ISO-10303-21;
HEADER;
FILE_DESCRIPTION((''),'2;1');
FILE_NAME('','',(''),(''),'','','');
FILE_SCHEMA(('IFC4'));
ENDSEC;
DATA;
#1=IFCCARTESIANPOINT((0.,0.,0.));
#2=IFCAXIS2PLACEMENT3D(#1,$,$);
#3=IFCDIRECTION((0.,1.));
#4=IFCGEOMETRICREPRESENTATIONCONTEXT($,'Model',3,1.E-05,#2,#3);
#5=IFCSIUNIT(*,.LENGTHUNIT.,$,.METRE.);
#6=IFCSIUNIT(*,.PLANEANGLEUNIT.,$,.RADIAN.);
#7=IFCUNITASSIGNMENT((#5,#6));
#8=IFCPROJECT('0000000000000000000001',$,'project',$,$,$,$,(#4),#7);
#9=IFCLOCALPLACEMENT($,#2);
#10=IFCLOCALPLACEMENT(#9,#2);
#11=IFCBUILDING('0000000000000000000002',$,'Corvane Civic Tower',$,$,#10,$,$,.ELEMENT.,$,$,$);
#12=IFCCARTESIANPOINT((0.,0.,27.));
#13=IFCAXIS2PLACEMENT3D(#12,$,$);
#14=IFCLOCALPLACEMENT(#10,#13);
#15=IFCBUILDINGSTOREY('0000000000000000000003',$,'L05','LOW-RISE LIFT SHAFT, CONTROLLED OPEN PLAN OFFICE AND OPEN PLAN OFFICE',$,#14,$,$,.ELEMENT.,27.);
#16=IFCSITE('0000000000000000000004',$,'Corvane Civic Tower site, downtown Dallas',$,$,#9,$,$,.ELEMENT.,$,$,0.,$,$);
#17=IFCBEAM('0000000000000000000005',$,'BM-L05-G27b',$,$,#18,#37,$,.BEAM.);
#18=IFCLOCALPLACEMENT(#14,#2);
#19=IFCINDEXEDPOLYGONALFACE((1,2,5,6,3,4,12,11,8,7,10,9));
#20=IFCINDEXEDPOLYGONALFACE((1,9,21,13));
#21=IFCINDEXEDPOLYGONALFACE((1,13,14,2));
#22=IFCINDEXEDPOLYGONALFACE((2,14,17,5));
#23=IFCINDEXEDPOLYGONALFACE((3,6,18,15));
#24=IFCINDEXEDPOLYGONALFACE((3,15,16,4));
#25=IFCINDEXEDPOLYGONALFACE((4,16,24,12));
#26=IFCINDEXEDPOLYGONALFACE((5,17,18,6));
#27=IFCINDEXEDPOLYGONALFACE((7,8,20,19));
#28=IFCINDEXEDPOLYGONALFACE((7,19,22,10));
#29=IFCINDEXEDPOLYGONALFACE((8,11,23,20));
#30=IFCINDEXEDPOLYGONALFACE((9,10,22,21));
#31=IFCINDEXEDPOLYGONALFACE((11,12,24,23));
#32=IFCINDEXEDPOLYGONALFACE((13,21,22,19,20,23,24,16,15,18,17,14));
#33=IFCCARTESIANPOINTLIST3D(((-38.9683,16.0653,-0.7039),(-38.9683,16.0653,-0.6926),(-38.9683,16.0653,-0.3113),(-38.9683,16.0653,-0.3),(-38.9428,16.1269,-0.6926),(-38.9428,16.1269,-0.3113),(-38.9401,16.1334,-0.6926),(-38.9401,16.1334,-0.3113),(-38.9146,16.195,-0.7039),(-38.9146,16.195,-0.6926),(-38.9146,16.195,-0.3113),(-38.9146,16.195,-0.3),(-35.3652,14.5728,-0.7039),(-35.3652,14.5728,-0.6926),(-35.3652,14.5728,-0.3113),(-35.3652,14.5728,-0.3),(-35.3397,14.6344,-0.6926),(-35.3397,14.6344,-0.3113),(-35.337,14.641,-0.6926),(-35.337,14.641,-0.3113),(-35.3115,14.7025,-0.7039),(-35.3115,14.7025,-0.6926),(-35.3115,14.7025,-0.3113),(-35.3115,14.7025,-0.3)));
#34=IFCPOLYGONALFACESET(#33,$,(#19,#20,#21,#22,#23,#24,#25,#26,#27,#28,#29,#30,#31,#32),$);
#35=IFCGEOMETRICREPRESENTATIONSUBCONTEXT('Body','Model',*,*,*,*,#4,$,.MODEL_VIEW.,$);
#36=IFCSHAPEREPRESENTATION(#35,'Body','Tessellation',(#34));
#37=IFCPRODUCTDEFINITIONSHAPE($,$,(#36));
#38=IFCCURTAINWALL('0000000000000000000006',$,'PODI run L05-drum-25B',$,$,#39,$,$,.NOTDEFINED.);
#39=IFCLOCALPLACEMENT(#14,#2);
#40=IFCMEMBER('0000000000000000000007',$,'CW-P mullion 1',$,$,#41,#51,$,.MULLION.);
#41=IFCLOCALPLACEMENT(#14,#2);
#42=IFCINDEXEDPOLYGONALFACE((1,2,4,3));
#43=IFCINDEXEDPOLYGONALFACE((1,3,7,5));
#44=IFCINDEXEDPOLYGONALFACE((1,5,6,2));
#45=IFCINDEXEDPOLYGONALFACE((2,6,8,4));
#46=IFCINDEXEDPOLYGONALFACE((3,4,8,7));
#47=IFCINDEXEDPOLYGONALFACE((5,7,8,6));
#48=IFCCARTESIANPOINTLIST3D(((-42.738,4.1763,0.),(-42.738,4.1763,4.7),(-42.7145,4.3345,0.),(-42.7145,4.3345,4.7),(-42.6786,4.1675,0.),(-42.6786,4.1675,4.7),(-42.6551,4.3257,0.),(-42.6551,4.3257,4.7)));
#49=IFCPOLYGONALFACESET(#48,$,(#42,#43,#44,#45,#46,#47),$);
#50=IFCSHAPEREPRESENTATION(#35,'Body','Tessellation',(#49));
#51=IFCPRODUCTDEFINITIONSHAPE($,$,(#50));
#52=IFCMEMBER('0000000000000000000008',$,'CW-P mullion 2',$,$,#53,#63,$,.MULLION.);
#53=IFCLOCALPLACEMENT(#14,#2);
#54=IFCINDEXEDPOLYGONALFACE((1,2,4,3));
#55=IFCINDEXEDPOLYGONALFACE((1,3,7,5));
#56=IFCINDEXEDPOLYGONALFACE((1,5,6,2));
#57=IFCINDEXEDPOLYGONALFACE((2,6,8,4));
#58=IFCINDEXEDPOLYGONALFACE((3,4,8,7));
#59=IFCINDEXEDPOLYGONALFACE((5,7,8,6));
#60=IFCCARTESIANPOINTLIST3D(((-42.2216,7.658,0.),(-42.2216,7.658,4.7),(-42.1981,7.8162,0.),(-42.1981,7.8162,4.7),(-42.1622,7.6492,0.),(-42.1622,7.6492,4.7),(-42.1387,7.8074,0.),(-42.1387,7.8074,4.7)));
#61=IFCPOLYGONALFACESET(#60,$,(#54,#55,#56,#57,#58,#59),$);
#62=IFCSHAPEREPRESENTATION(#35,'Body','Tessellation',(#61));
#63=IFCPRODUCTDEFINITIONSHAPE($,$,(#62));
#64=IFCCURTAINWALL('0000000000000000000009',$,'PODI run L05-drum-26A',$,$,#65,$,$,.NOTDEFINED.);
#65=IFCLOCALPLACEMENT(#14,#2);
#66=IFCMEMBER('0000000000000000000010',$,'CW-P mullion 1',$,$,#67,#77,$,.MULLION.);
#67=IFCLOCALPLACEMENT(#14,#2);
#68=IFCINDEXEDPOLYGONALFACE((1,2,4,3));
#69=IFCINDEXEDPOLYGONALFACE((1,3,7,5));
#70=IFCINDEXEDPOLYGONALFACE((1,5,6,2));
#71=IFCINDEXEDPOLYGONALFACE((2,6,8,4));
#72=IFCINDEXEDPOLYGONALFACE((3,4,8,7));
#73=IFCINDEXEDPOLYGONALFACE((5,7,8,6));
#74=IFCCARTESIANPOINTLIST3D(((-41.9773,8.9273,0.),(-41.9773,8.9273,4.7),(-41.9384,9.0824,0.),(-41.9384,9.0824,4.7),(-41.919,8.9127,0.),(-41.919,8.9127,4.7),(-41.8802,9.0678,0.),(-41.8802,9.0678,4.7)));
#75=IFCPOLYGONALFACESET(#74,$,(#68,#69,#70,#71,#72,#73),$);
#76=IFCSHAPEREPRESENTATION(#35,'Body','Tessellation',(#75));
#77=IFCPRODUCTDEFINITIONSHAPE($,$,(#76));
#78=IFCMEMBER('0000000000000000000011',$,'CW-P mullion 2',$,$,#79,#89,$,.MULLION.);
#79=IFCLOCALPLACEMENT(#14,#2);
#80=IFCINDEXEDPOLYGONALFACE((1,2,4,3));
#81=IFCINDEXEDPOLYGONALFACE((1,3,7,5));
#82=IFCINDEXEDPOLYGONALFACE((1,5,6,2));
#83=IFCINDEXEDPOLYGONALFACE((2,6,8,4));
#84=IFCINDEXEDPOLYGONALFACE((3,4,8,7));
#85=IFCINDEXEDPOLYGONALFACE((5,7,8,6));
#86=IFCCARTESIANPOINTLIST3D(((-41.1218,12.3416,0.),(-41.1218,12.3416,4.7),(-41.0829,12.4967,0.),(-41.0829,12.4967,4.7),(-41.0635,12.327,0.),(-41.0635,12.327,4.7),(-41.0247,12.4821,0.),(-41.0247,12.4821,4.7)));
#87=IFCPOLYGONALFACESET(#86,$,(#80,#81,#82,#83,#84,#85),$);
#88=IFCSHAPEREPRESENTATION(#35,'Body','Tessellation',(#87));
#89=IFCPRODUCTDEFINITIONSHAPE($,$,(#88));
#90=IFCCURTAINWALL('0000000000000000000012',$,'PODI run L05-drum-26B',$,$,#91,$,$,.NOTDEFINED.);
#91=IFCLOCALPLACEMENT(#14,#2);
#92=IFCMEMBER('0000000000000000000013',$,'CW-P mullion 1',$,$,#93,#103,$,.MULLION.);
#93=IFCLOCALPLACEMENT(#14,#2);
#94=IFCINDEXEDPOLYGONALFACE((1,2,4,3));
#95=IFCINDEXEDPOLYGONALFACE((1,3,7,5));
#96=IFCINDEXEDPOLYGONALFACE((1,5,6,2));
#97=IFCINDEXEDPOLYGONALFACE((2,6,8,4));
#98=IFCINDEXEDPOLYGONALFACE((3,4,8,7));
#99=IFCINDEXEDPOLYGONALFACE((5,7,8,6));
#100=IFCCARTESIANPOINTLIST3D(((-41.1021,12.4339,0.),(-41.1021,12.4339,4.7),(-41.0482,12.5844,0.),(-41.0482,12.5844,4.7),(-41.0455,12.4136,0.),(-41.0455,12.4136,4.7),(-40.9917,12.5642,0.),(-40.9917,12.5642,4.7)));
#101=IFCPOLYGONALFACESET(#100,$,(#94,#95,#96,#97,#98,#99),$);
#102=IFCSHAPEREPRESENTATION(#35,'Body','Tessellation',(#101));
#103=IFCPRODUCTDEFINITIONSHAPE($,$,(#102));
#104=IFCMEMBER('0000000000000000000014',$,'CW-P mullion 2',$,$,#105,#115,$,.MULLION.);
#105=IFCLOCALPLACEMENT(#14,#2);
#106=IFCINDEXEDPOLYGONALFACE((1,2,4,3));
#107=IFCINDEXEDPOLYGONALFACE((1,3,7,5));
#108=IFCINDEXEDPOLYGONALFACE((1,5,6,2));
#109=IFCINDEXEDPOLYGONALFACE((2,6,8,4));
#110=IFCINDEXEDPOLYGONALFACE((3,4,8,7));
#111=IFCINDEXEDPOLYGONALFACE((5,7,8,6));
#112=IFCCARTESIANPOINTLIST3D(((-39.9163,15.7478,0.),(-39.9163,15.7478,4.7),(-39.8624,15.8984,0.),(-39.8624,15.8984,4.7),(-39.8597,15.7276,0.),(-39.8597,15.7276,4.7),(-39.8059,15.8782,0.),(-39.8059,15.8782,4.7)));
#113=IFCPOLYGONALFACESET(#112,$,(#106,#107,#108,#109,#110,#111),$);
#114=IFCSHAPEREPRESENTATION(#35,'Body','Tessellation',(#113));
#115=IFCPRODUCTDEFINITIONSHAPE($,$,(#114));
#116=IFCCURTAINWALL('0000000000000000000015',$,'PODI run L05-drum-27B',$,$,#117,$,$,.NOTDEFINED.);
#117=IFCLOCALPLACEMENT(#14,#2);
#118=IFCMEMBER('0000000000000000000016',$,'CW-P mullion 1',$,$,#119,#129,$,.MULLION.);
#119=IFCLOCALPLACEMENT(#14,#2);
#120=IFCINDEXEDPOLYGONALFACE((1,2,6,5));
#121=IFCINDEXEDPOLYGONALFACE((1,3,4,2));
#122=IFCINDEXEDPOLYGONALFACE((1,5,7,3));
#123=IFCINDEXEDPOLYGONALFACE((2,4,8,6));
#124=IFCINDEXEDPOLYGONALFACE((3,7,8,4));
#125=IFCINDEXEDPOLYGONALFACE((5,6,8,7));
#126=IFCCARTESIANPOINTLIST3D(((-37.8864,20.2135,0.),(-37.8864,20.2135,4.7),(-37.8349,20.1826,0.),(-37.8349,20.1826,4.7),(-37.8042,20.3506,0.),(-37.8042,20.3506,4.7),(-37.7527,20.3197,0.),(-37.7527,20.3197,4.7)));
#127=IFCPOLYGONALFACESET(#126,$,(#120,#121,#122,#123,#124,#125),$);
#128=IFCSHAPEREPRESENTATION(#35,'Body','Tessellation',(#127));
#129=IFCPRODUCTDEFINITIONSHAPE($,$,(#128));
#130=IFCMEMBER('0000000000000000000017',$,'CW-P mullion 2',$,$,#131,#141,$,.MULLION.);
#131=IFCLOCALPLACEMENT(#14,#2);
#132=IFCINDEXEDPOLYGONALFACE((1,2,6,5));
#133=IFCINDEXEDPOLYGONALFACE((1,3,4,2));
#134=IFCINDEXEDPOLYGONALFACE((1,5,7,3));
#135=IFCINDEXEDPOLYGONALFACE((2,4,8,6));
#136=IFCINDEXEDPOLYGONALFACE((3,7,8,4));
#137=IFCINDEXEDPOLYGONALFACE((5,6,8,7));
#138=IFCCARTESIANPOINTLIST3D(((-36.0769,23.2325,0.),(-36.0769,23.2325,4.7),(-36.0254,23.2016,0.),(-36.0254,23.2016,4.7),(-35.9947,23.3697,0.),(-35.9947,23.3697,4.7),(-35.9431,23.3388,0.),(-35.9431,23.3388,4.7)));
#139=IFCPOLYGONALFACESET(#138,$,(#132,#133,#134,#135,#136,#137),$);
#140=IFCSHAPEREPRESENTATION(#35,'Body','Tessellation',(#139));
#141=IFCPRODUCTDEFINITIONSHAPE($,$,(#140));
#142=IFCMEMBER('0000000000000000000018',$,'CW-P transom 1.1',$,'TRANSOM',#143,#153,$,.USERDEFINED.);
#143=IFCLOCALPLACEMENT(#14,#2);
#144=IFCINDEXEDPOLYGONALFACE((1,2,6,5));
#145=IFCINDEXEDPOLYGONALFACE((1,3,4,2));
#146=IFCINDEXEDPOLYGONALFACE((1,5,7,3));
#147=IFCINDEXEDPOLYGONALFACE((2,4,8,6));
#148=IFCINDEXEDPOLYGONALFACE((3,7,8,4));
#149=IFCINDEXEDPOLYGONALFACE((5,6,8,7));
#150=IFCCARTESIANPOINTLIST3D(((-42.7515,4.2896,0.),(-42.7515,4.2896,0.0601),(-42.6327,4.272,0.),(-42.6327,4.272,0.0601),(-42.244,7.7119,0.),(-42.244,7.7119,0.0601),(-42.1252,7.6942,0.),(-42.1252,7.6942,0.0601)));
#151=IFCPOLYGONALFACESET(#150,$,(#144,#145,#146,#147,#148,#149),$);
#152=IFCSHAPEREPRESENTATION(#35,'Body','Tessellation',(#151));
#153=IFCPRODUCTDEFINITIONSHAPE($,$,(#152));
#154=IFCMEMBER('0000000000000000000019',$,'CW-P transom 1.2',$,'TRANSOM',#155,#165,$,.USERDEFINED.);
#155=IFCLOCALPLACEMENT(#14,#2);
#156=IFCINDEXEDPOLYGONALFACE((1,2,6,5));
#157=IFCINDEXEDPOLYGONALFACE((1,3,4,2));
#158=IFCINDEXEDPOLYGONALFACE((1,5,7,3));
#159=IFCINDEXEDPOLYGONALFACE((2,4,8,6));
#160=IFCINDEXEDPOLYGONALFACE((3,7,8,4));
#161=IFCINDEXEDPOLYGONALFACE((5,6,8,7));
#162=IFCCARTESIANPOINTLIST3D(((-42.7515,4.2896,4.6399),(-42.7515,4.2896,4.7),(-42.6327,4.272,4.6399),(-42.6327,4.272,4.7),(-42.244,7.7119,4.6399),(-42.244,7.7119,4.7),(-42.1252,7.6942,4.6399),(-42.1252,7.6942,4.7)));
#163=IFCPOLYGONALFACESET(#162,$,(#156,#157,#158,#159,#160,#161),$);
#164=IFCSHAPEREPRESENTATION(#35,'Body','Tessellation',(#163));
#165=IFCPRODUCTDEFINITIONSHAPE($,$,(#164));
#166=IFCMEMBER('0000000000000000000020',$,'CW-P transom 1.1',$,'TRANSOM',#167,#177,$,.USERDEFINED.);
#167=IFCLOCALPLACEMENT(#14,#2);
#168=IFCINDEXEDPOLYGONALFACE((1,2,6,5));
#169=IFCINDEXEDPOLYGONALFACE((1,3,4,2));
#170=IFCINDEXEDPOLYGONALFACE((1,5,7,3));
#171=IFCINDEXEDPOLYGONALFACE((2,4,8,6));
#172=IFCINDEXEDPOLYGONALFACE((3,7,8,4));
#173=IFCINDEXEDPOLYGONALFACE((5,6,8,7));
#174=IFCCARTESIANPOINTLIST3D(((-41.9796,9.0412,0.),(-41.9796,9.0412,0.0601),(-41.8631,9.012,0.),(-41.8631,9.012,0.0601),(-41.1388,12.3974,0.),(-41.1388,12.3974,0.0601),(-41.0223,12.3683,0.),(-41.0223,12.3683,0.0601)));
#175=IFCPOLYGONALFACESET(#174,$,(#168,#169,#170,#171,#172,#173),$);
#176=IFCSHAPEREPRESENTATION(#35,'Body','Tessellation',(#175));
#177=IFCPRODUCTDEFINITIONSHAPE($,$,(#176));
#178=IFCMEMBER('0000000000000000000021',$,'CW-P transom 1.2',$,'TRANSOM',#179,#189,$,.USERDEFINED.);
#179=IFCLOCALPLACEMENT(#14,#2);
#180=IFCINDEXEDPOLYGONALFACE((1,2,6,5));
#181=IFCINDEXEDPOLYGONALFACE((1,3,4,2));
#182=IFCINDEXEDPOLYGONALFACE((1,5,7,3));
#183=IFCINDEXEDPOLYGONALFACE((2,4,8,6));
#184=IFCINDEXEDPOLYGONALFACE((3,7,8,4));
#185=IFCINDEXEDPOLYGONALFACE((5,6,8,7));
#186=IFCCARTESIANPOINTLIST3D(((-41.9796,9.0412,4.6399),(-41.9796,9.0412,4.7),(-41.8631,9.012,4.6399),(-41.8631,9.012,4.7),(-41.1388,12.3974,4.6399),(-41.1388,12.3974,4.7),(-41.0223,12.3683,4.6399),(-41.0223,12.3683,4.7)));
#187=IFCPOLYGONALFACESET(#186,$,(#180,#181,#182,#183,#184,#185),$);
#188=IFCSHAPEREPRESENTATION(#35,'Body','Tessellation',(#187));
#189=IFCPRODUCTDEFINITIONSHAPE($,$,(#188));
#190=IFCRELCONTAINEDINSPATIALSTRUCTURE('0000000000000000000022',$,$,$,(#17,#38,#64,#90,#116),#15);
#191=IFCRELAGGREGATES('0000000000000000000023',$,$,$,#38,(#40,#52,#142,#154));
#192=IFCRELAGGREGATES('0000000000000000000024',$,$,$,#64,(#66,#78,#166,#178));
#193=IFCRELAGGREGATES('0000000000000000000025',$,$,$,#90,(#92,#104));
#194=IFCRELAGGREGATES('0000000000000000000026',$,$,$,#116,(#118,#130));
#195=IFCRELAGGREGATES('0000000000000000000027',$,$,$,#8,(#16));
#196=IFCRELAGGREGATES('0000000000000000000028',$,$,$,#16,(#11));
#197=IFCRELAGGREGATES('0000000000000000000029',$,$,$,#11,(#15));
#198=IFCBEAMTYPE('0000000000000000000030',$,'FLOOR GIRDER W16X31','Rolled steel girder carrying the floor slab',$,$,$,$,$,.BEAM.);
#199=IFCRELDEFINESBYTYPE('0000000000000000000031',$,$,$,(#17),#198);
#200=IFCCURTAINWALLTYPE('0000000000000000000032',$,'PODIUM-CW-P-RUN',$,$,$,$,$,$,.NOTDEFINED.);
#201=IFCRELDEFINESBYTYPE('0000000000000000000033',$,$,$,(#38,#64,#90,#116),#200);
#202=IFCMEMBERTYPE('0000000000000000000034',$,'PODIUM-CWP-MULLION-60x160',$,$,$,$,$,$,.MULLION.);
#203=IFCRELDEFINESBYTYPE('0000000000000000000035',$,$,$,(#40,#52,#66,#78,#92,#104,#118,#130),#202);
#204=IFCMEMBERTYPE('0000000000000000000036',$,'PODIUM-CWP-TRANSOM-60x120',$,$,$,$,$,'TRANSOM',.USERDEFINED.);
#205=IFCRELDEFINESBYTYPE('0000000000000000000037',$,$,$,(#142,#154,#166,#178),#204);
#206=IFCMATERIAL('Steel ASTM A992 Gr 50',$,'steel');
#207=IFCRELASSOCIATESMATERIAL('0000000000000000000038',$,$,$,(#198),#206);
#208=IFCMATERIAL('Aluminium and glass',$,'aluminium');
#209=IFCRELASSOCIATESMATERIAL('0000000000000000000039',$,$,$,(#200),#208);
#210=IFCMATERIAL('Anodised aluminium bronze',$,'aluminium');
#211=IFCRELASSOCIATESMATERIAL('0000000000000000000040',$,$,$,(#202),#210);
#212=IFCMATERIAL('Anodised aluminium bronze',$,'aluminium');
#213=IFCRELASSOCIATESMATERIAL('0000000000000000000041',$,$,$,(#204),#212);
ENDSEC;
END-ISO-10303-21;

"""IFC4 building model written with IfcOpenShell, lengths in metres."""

from ifc_helpers import new_model, si_unit, direction, frame, origin, origin_2d, place, context, subcontext, project, spatial, rectangle, i_section, extrude, material, material_profile, profile_set, type_object, element, aggregate, save


model = new_model("IFC4")

# Units and contexts
model_context = context("Model", 3, precision=1e-05, world=origin(), true_north=direction((0.0, 1.0)))
body_context = subcontext(model_context, "Body", "Model", "MODEL_VIEW")
ifc_project = project(units=[si_unit("LENGTHUNIT", "METRE"), si_unit("PLANEANGLEUNIT", "RADIAN")], contexts=[model_context])

# Site, building, storey
site_placement = place(None, origin())
site = spatial("IfcSite", under=ifc_project, at=site_placement, Name="Corvane Civic Tower site, downtown Dallas", CompositionType="ELEMENT", RefElevation=0.0)
building_placement = place(site_placement, origin())
building = spatial("IfcBuilding", under=site, at=building_placement, Name="Corvane Civic Tower", CompositionType="ELEMENT")
storey_placement = place(building_placement, frame((0.0, 0.0, 27.0)))
storey = spatial("IfcBuildingStorey", under=building, at=storey_placement, Name="L05", Description="LOW-RISE LIFT SHAFT, CONTROLLED OPEN PLAN OFFICE AND OPEN PLAN OFFICE", CompositionType="ELEMENT", Elevation=27.0)

# Beam
ifc_material_1 = material(Name="Steel ASTM A992 Gr 50", Category="steel")
ifc_material_profile_1 = material_profile(ifc_material_1, i_section(OverallWidth=0.1404, OverallDepth=0.4038, WebThickness=0.0071, FlangeThickness=0.0112, at=origin_2d()), Name="W16X31")
ifc_profile_set_1 = profile_set([ifc_material_profile_1], Name="Steel ASTM A992 Gr 50")
beam_type_1 = type_object("IfcBeamType", Name="FLOOR GIRDER W16X31", Description="Rolled steel girder carrying the floor slab", PredefinedType="BEAM", material=ifc_profile_set_1)
for number, where, z_axis, x_axis, name in (
    (1, (-35.3384, 14.6377, -0.502), (-0.923879, 0.382685, 0.0), (-0.382685, -0.923879, 0.0), "BM-L05-G27b"),
):
    element("IfcBeam", number, at=place(storey_placement, frame(where, z_axis=z_axis, x_axis=x_axis)), inside=storey, type_object=beam_type_1, Name=name, PredefinedType="BEAM", context=body_context, shape_type="SweptSolid", body=[
        extrude(i_section(OverallWidth=0.1404, OverallDepth=0.4038, WebThickness=0.0071, FlangeThickness=0.0112, at=origin_2d()), origin(), (0.0, 0.0, 1.0), 3.8999),
    ])

# Curtain walls, members
ifc_material_2 = material(Name="Aluminium and glass", Category="aluminium")
curtain_wall_type = type_object("IfcCurtainWallType", Name="PODIUM-CW-P-RUN", PredefinedType="NOTDEFINED", material=ifc_material_2)
curtain_wall_1_placement = place(storey_placement, origin())
curtain_wall_1 = element("IfcCurtainWall", 2, at=curtain_wall_1_placement, inside=storey, type_object=curtain_wall_type, Name="PODI run L05-drum-25B", PredefinedType="NOTDEFINED")
ifc_material_3 = material(Name="Anodised aluminium bronze", Category="aluminium")
ifc_material_profile_2 = material_profile(ifc_material_3, rectangle(XDim=0.0601, YDim=0.1599, at=origin_2d()), Name="AL 60x160")
ifc_profile_set_2 = profile_set([ifc_material_profile_2], Name="Anodised aluminium bronze")
member_type_1 = type_object("IfcMemberType", Name="PODIUM-CWP-MULLION-60x160", PredefinedType="MULLION", material=ifc_profile_set_2)
member_1_placement = place(storey_placement, frame((-42.6965, 4.251, 0.0), z_axis=(0.0, 0.0, 1.0), x_axis=(-0.989179, 0.146715, 0.0)))
member_1 = element("IfcMember", 3, at=member_1_placement, type_object=member_type_1, Name="CW-P mullion 1", PredefinedType="MULLION", context=body_context, shape_type="SweptSolid", body=[
    extrude(rectangle(XDim=0.0601, YDim=0.1599, at=origin_2d()), origin(), (0.0, 0.0, 1.0), 4.7),
])
member_2_placement = place(storey_placement, frame((-42.1802, 7.7327, 0.0), z_axis=(0.0, 0.0, 1.0), x_axis=(-0.989179, 0.146715, 0.0)))
member_2 = element("IfcMember", 4, at=member_2_placement, type_object=member_type_1, Name="CW-P mullion 2", PredefinedType="MULLION", context=body_context, shape_type="SweptSolid", body=[
    extrude(rectangle(XDim=0.0601, YDim=0.1599, at=origin_2d()), origin(), (0.0, 0.0, 1.0), 4.7),
])
curtain_wall_2_placement = place(storey_placement, origin())
curtain_wall_2 = element("IfcCurtainWall", 5, at=curtain_wall_2_placement, inside=storey, type_object=curtain_wall_type, Name="PODI run L05-drum-26A", PredefinedType="NOTDEFINED")
member_3_placement = place(storey_placement, frame((-41.9287, 8.9976, 0.0), z_axis=(0.0, 0.0, 1.0), x_axis=(-0.970024, 0.243009, 0.0)))
member_3 = element("IfcMember", 6, at=member_3_placement, type_object=member_type_1, Name="CW-P mullion 1", PredefinedType="MULLION", context=body_context, shape_type="SweptSolid", body=[
    extrude(rectangle(XDim=0.0601, YDim=0.1599, at=origin_2d()), origin(), (0.0, 0.0, 1.0), 4.7),
])
member_4_placement = place(storey_placement, frame((-41.0732, 12.4119, 0.0), z_axis=(0.0, 0.0, 1.0), x_axis=(-0.970024, 0.243009, 0.0)))
member_4 = element("IfcMember", 7, at=member_4_placement, type_object=member_type_1, Name="CW-P mullion 2", PredefinedType="MULLION", context=body_context, shape_type="SweptSolid", body=[
    extrude(rectangle(XDim=0.0601, YDim=0.1599, at=origin_2d()), origin(), (0.0, 0.0, 1.0), 4.7),
])
curtain_wall_3_placement = place(storey_placement, origin())
curtain_wall_3 = element("IfcCurtainWall", 8, at=curtain_wall_3_placement, inside=storey, type_object=curtain_wall_type, Name="PODI run L05-drum-26B", PredefinedType="NOTDEFINED")
member_5_placement = place(storey_placement, frame((-41.0469, 12.499, 0.0), z_axis=(0.0, 0.0, 1.0), x_axis=(-0.941534, 0.336919, 0.0)))
member_5 = element("IfcMember", 9, at=member_5_placement, type_object=member_type_1, Name="CW-P mullion 1", PredefinedType="MULLION", context=body_context, shape_type="SweptSolid", body=[
    extrude(rectangle(XDim=0.0601, YDim=0.1599, at=origin_2d()), origin(), (0.0, 0.0, 1.0), 4.7),
])
member_6_placement = place(storey_placement, frame((-39.8611, 15.813, 0.0), z_axis=(0.0, 0.0, 1.0), x_axis=(-0.941534, 0.336919, 0.0)))
member_6 = element("IfcMember", 10, at=member_6_placement, type_object=member_type_1, Name="CW-P mullion 2", PredefinedType="MULLION", context=body_context, shape_type="SweptSolid", body=[
    extrude(rectangle(XDim=0.0601, YDim=0.1599, at=origin_2d()), origin(), (0.0, 0.0, 1.0), 4.7),
])
curtain_wall_4_placement = place(storey_placement, origin())
curtain_wall_4 = element("IfcCurtainWall", 11, at=curtain_wall_4_placement, inside=storey, type_object=curtain_wall_type, Name="PODI run L05-drum-27B", PredefinedType="NOTDEFINED")
member_7_placement = place(storey_placement, frame((-37.8196, 20.2666, 0.0), z_axis=(0.0, 0.0, 1.0), x_axis=(-0.85772, 0.514118, 0.0)))
member_7 = element("IfcMember", 12, at=member_7_placement, type_object=member_type_1, Name="CW-P mullion 1", PredefinedType="MULLION", context=body_context, shape_type="SweptSolid", body=[
    extrude(rectangle(XDim=0.0601, YDim=0.1599, at=origin_2d()), origin(), (0.0, 0.0, 1.0), 4.7),
])
member_8_placement = place(storey_placement, frame((-36.01, 23.2856, 0.0), z_axis=(0.0, 0.0, 1.0), x_axis=(-0.85772, 0.514118, 0.0)))
member_8 = element("IfcMember", 13, at=member_8_placement, type_object=member_type_1, Name="CW-P mullion 2", PredefinedType="MULLION", context=body_context, shape_type="SweptSolid", body=[
    extrude(rectangle(XDim=0.0601, YDim=0.1599, at=origin_2d()), origin(), (0.0, 0.0, 1.0), 4.7),
])

# Members
ifc_material_4 = material(Name="Anodised aluminium bronze", Category="aluminium")
ifc_material_profile_3 = material_profile(ifc_material_4, rectangle(XDim=0.1201, YDim=0.0601, at=origin_2d()), Name="AL 120x60")
ifc_profile_set_3 = profile_set([ifc_material_profile_3], Name="Anodised aluminium bronze")
member_type_2 = type_object("IfcMemberType", Name="PODIUM-CWP-TRANSOM-60x120", ElementType="TRANSOM", PredefinedType="USERDEFINED", material=ifc_profile_set_3)
member_9_placement = place(storey_placement, frame((-42.6921, 4.2808, 0.03), z_axis=(0.146705, 0.98918, 0.0), x_axis=(-0.98918, 0.146705, 0.0)))
member_9 = element("IfcMember", 14, at=member_9_placement, type_object=member_type_2, Name="CW-P transom 1.1", ObjectType="TRANSOM", PredefinedType="USERDEFINED", context=body_context, shape_type="SweptSolid", body=[
    extrude(rectangle(XDim=0.1201, YDim=0.0601, at=origin_2d()), origin(), (0.0, 0.0, 1.0), 3.4597),
])
member_10_placement = place(storey_placement, frame((-42.6921, 4.2808, 4.6699), z_axis=(0.146705, 0.98918, 0.0), x_axis=(-0.98918, 0.146705, 0.0)))
member_10 = element("IfcMember", 15, at=member_10_placement, type_object=member_type_2, Name="CW-P transom 1.2", ObjectType="TRANSOM", PredefinedType="USERDEFINED", context=body_context, shape_type="SweptSolid", body=[
    extrude(rectangle(XDim=0.1201, YDim=0.0601, at=origin_2d()), origin(), (0.0, 0.0, 1.0), 3.4597),
])
member_11_placement = place(storey_placement, frame((-41.9214, 9.0266, 0.03), z_axis=(0.243017, 0.970022, 0.0), x_axis=(-0.970022, 0.243017, 0.0)))
member_11 = element("IfcMember", 16, at=member_11_placement, type_object=member_type_2, Name="CW-P transom 1.1", ObjectType="TRANSOM", PredefinedType="USERDEFINED", context=body_context, shape_type="SweptSolid", body=[
    extrude(rectangle(XDim=0.1201, YDim=0.0601, at=origin_2d()), origin(), (0.0, 0.0, 1.0), 3.46),
])
member_12_placement = place(storey_placement, frame((-41.9214, 9.0266, 4.6699), z_axis=(0.243017, 0.970022, 0.0), x_axis=(-0.970022, 0.243017, 0.0)))
member_12 = element("IfcMember", 17, at=member_12_placement, type_object=member_type_2, Name="CW-P transom 1.2", ObjectType="TRANSOM", PredefinedType="USERDEFINED", context=body_context, shape_type="SweptSolid", body=[
    extrude(rectangle(XDim=0.1201, YDim=0.0601, at=origin_2d()), origin(), (0.0, 0.0, 1.0), 3.46),
])

aggregate(curtain_wall_1, [member_1, member_2, member_9, member_10])
aggregate(curtain_wall_2, [member_3, member_4, member_11, member_12])
aggregate(curtain_wall_3, [member_5, member_6])
aggregate(curtain_wall_4, [member_7, member_8])

save(model, "model.ifc")
